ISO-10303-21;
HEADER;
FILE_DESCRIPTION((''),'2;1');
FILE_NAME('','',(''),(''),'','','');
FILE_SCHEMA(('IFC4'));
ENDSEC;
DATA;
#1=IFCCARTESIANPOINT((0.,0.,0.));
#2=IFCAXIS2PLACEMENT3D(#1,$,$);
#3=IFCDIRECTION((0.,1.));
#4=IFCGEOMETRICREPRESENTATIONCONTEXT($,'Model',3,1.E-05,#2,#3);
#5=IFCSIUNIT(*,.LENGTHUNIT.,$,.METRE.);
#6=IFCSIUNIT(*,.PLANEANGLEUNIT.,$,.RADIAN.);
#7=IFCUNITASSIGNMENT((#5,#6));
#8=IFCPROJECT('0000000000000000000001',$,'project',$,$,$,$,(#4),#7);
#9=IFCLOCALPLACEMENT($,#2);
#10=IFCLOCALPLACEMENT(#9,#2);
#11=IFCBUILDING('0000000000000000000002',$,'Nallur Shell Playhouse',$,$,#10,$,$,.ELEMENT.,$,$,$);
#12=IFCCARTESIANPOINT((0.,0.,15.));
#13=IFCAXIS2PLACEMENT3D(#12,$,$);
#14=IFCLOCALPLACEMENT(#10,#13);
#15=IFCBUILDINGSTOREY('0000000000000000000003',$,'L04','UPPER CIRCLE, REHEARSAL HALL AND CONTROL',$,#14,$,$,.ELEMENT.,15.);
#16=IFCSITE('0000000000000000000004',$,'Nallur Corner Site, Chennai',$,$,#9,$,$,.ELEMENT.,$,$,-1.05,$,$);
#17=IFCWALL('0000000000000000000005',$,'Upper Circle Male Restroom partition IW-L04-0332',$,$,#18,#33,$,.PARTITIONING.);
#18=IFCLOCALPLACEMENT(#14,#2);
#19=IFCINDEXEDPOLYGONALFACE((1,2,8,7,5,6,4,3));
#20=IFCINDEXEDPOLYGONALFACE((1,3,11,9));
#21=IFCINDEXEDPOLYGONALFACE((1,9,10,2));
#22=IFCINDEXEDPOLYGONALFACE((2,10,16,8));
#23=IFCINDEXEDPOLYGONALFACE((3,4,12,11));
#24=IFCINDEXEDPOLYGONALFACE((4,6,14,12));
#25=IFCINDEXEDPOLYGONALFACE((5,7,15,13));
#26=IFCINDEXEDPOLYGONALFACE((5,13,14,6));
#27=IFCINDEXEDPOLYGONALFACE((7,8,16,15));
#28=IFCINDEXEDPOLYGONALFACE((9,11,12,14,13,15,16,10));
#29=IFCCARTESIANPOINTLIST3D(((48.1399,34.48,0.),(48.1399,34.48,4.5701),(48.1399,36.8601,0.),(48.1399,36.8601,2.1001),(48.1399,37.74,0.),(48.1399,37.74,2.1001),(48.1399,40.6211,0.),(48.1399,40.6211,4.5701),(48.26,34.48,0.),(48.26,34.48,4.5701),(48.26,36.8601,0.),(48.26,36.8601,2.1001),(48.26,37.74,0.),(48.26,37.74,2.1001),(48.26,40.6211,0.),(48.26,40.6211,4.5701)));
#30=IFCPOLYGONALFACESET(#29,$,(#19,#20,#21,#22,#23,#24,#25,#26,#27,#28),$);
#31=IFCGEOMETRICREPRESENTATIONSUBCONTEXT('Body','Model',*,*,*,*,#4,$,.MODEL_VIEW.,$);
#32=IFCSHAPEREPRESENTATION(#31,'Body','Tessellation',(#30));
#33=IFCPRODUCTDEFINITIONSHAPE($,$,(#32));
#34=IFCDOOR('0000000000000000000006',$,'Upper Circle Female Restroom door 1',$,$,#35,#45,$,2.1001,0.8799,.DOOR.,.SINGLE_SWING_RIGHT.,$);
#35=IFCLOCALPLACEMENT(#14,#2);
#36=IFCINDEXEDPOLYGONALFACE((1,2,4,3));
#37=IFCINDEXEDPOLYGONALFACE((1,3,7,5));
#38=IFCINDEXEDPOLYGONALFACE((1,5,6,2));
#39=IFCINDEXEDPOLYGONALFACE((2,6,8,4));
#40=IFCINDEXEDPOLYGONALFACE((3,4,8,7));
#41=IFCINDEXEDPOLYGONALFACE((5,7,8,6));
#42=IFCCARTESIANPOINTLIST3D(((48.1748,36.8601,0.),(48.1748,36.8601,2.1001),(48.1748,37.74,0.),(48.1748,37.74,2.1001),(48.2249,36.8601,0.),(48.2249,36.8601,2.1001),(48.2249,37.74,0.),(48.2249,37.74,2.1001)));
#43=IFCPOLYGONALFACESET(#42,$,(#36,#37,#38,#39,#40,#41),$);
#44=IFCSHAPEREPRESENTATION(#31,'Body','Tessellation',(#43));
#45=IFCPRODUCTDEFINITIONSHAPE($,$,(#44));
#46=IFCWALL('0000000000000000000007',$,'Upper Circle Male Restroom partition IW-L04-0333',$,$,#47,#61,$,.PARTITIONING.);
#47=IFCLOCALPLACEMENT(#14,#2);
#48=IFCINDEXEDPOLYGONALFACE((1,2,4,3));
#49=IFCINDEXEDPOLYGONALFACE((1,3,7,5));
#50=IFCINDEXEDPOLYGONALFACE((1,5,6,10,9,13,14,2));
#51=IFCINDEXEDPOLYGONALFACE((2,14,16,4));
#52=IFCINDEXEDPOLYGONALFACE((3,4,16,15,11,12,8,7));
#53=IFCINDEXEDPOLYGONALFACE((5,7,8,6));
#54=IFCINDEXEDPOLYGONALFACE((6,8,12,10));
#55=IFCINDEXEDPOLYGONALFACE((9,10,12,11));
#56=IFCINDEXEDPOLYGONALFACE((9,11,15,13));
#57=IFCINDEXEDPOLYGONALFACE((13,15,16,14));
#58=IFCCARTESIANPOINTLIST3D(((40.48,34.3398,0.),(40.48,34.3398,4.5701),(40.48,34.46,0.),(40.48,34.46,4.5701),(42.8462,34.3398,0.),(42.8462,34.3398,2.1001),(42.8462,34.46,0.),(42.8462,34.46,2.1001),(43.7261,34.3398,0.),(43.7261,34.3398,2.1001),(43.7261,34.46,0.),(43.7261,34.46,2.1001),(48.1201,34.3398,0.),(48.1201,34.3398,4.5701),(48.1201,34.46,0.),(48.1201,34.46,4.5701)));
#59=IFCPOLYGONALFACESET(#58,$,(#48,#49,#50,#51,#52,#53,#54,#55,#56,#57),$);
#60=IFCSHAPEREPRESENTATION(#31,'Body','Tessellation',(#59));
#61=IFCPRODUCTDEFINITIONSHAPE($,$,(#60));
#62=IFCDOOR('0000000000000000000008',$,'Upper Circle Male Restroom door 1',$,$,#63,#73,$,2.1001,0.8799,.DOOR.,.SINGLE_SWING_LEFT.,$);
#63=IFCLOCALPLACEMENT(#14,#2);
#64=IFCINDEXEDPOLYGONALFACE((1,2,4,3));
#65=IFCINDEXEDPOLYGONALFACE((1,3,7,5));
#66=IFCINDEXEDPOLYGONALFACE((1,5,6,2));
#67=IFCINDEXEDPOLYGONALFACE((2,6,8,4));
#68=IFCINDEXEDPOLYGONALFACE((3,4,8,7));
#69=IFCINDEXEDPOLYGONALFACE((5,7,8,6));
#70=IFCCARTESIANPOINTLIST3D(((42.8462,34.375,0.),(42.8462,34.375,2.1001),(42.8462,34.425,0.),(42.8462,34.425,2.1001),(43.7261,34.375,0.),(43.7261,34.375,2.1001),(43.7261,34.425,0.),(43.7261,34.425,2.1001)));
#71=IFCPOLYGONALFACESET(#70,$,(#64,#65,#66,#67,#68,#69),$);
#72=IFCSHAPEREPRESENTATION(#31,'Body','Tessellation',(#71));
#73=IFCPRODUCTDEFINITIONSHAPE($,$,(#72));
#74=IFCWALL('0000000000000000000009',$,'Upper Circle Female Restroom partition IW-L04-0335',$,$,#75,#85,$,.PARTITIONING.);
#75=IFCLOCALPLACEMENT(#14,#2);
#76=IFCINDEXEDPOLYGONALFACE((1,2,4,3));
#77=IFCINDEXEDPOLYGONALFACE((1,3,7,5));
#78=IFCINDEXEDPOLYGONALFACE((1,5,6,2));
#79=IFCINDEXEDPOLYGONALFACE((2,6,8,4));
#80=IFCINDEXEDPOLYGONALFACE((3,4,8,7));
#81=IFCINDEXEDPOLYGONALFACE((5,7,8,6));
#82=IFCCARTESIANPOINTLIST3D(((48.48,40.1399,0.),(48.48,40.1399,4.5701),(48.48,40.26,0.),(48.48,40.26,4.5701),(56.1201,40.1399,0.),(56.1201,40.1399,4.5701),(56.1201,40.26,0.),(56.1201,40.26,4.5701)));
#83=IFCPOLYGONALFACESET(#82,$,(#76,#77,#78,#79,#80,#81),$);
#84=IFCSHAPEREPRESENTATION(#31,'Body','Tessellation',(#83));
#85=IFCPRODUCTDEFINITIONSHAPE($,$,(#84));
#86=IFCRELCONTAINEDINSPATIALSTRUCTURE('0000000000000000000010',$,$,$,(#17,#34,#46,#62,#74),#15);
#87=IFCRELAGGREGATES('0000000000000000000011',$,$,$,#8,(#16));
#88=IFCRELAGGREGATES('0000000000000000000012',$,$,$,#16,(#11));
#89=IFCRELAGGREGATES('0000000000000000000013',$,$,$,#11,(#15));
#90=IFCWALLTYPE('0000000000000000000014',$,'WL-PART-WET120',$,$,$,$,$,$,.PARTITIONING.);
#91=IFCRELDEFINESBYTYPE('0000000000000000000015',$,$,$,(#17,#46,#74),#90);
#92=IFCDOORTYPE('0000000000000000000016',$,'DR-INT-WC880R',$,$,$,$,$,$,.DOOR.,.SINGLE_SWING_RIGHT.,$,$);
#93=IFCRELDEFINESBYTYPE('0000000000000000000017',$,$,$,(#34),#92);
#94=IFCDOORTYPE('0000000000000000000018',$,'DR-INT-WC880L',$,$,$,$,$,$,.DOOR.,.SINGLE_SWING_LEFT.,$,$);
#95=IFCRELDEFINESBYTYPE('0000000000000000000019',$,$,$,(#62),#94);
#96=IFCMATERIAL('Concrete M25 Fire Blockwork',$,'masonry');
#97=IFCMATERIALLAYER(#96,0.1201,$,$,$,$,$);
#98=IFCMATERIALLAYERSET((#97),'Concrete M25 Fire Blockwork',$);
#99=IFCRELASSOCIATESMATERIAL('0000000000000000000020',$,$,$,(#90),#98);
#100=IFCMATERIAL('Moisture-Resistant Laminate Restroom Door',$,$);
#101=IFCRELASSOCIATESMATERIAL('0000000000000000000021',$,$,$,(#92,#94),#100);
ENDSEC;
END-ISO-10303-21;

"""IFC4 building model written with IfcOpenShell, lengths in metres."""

from ifc_helpers import new_model, si_unit, direction, frame, frame_2d, origin, place, context, subcontext, project, spatial, rectangle, extrude, material, layer, layer_set, type_object, element, fill, save


model = new_model("IFC4")

# Units and contexts
model_context = context("Model", 3, precision=1e-05, world=origin(), true_north=direction((0.0, 1.0)))
body_context = subcontext(model_context, "Body", "Model", "MODEL_VIEW")
ifc_project = project(units=[si_unit("LENGTHUNIT", "METRE"), si_unit("PLANEANGLEUNIT", "RADIAN")], contexts=[model_context])

# Site, building, storey
site_placement = place(None, origin())
site = spatial("IfcSite", under=ifc_project, at=site_placement, Name="Nallur Corner Site, Chennai", CompositionType="ELEMENT", RefElevation=-1.05)
building_placement = place(site_placement, origin())
building = spatial("IfcBuilding", under=site, at=building_placement, Name="Nallur Shell Playhouse", CompositionType="ELEMENT")
storey_placement = place(building_placement, frame((0.0, 0.0, 15.0)))
storey = spatial("IfcBuildingStorey", under=building, at=storey_placement, Name="L04", Description="UPPER CIRCLE, REHEARSAL HALL AND CONTROL", CompositionType="ELEMENT", Elevation=15.0)

# Shared definitions
ifc_material_1 = material(Name="Concrete M25 Fire Blockwork", Category="masonry")

# Walls, openings, doors
ifc_layer_1 = layer(ifc_material_1, 0.1201)
ifc_layer_set_1 = layer_set([ifc_layer_1], Name="Concrete M25 Fire Blockwork")
wall_type_1 = type_object("IfcWallType", Name="WL-PART-WET120", PredefinedType="PARTITIONING", material=ifc_layer_set_1)
wall_1_placement = place(storey_placement, frame((48.2, 40.6211, 0.0), z_axis=(0.0, 0.0, 1.0), x_axis=(0.0, -1.0, 0.0)))
wall_1 = element("IfcWall", 1, at=wall_1_placement, inside=storey, type_object=wall_type_1, Name="Upper Circle Male Restroom partition IW-L04-0332", PredefinedType="PARTITIONING", context=body_context, shape_type="SweptSolid", body=[
    extrude(rectangle(XDim=6.1411, YDim=0.1201, at=frame_2d((3.0706, 0.0))), origin(), (0.0, 0.0, 1.0), 4.5701),
])
opening_1_placement = place(wall_1_placement, frame((2.8811, 0.0, 0.0)))
opening_1 = element("IfcOpeningElement", 2, at=opening_1_placement, cuts=wall_1, PredefinedType="OPENING", context=body_context, shape_type="SweptSolid", body=[
    extrude(rectangle(XDim=0.8799, YDim=2.1001, at=frame_2d((0.4399, 1.05))), frame((0.0, 0.0701, 0.0), z_axis=(0.0, -1.0, 0.0), x_axis=(1.0, 0.0, 0.0)), (0.0, 0.0, 1.0), 0.1401),
])
ifc_material_2 = material(Name="Moisture-Resistant Laminate Restroom Door")
door_type_1 = type_object("IfcDoorType", Name="DR-INT-WC880R", OperationType="SINGLE_SWING_RIGHT", PredefinedType="DOOR", material=ifc_material_2)
door_1_placement = place(opening_1_placement, origin())
door_1 = element("IfcDoor", 3, at=door_1_placement, inside=storey, type_object=door_type_1, Name="Upper Circle Female Restroom door 1", OperationType="SINGLE_SWING_RIGHT", OverallHeight=2.1001, OverallWidth=0.8799, PredefinedType="DOOR", context=body_context, shape_type="SweptSolid", body=[
    extrude(rectangle(XDim=0.8799, YDim=2.1001, at=frame_2d((0.4399, 1.05))), frame((0.0, 0.0249, 0.0), z_axis=(0.0, -1.0, 0.0), x_axis=(1.0, 0.0, 0.0)), (0.0, 0.0, 1.0), 0.05),
])
fill(opening_1, door_1)
wall_2_placement = place(storey_placement, frame((48.1201, 34.3999, 0.0), z_axis=(0.0, 0.0, 1.0), x_axis=(-1.0, 0.0, 0.0)))
wall_2 = element("IfcWall", 4, at=wall_2_placement, inside=storey, type_object=wall_type_1, Name="Upper Circle Male Restroom partition IW-L04-0333", PredefinedType="PARTITIONING", context=body_context, shape_type="SweptSolid", body=[
    extrude(rectangle(XDim=7.6401, YDim=0.1201, at=frame_2d((3.8201, 0.0))), origin(), (0.0, 0.0, 1.0), 4.5701),
])
opening_2_placement = place(wall_2_placement, frame((4.394, 0.0, 0.0)))
opening_2 = element("IfcOpeningElement", 5, at=opening_2_placement, cuts=wall_2, PredefinedType="OPENING", context=body_context, shape_type="SweptSolid", body=[
    extrude(rectangle(XDim=0.8799, YDim=2.1001, at=frame_2d((0.4399, 1.05))), frame((0.0, 0.0701, 0.0), z_axis=(0.0, -1.0, 0.0), x_axis=(1.0, 0.0, 0.0)), (0.0, 0.0, 1.0), 0.1401),
])
door_type_2 = type_object("IfcDoorType", Name="DR-INT-WC880L", OperationType="SINGLE_SWING_LEFT", PredefinedType="DOOR", material=ifc_material_2)
door_2_placement = place(opening_2_placement, origin())
door_2 = element("IfcDoor", 6, at=door_2_placement, inside=storey, type_object=door_type_2, Name="Upper Circle Male Restroom door 1", OperationType="SINGLE_SWING_LEFT", OverallHeight=2.1001, OverallWidth=0.8799, PredefinedType="DOOR", context=body_context, shape_type="SweptSolid", body=[
    extrude(rectangle(XDim=0.8799, YDim=2.1001, at=frame_2d((0.4399, 1.05))), frame((0.0, 0.0249, 0.0), z_axis=(0.0, -1.0, 0.0), x_axis=(1.0, 0.0, 0.0)), (0.0, 0.0, 1.0), 0.05),
])
fill(opening_2, door_2)

# Wall
wall_3_placement = place(storey_placement, frame((48.48, 40.2, 0.0), z_axis=(0.0, 0.0, 1.0), x_axis=(1.0, 0.0, 0.0)))
element("IfcWall", 7, at=wall_3_placement, inside=storey, type_object=wall_type_1, Name="Upper Circle Female Restroom partition IW-L04-0335", PredefinedType="PARTITIONING", context=body_context, shape_type="SweptSolid", body=[
    extrude(rectangle(XDim=7.6401, YDim=0.1201, at=frame_2d((3.8201, 0.0))), origin(), (0.0, 0.0, 1.0), 4.5701),
])

save(model, "model.ifc")
